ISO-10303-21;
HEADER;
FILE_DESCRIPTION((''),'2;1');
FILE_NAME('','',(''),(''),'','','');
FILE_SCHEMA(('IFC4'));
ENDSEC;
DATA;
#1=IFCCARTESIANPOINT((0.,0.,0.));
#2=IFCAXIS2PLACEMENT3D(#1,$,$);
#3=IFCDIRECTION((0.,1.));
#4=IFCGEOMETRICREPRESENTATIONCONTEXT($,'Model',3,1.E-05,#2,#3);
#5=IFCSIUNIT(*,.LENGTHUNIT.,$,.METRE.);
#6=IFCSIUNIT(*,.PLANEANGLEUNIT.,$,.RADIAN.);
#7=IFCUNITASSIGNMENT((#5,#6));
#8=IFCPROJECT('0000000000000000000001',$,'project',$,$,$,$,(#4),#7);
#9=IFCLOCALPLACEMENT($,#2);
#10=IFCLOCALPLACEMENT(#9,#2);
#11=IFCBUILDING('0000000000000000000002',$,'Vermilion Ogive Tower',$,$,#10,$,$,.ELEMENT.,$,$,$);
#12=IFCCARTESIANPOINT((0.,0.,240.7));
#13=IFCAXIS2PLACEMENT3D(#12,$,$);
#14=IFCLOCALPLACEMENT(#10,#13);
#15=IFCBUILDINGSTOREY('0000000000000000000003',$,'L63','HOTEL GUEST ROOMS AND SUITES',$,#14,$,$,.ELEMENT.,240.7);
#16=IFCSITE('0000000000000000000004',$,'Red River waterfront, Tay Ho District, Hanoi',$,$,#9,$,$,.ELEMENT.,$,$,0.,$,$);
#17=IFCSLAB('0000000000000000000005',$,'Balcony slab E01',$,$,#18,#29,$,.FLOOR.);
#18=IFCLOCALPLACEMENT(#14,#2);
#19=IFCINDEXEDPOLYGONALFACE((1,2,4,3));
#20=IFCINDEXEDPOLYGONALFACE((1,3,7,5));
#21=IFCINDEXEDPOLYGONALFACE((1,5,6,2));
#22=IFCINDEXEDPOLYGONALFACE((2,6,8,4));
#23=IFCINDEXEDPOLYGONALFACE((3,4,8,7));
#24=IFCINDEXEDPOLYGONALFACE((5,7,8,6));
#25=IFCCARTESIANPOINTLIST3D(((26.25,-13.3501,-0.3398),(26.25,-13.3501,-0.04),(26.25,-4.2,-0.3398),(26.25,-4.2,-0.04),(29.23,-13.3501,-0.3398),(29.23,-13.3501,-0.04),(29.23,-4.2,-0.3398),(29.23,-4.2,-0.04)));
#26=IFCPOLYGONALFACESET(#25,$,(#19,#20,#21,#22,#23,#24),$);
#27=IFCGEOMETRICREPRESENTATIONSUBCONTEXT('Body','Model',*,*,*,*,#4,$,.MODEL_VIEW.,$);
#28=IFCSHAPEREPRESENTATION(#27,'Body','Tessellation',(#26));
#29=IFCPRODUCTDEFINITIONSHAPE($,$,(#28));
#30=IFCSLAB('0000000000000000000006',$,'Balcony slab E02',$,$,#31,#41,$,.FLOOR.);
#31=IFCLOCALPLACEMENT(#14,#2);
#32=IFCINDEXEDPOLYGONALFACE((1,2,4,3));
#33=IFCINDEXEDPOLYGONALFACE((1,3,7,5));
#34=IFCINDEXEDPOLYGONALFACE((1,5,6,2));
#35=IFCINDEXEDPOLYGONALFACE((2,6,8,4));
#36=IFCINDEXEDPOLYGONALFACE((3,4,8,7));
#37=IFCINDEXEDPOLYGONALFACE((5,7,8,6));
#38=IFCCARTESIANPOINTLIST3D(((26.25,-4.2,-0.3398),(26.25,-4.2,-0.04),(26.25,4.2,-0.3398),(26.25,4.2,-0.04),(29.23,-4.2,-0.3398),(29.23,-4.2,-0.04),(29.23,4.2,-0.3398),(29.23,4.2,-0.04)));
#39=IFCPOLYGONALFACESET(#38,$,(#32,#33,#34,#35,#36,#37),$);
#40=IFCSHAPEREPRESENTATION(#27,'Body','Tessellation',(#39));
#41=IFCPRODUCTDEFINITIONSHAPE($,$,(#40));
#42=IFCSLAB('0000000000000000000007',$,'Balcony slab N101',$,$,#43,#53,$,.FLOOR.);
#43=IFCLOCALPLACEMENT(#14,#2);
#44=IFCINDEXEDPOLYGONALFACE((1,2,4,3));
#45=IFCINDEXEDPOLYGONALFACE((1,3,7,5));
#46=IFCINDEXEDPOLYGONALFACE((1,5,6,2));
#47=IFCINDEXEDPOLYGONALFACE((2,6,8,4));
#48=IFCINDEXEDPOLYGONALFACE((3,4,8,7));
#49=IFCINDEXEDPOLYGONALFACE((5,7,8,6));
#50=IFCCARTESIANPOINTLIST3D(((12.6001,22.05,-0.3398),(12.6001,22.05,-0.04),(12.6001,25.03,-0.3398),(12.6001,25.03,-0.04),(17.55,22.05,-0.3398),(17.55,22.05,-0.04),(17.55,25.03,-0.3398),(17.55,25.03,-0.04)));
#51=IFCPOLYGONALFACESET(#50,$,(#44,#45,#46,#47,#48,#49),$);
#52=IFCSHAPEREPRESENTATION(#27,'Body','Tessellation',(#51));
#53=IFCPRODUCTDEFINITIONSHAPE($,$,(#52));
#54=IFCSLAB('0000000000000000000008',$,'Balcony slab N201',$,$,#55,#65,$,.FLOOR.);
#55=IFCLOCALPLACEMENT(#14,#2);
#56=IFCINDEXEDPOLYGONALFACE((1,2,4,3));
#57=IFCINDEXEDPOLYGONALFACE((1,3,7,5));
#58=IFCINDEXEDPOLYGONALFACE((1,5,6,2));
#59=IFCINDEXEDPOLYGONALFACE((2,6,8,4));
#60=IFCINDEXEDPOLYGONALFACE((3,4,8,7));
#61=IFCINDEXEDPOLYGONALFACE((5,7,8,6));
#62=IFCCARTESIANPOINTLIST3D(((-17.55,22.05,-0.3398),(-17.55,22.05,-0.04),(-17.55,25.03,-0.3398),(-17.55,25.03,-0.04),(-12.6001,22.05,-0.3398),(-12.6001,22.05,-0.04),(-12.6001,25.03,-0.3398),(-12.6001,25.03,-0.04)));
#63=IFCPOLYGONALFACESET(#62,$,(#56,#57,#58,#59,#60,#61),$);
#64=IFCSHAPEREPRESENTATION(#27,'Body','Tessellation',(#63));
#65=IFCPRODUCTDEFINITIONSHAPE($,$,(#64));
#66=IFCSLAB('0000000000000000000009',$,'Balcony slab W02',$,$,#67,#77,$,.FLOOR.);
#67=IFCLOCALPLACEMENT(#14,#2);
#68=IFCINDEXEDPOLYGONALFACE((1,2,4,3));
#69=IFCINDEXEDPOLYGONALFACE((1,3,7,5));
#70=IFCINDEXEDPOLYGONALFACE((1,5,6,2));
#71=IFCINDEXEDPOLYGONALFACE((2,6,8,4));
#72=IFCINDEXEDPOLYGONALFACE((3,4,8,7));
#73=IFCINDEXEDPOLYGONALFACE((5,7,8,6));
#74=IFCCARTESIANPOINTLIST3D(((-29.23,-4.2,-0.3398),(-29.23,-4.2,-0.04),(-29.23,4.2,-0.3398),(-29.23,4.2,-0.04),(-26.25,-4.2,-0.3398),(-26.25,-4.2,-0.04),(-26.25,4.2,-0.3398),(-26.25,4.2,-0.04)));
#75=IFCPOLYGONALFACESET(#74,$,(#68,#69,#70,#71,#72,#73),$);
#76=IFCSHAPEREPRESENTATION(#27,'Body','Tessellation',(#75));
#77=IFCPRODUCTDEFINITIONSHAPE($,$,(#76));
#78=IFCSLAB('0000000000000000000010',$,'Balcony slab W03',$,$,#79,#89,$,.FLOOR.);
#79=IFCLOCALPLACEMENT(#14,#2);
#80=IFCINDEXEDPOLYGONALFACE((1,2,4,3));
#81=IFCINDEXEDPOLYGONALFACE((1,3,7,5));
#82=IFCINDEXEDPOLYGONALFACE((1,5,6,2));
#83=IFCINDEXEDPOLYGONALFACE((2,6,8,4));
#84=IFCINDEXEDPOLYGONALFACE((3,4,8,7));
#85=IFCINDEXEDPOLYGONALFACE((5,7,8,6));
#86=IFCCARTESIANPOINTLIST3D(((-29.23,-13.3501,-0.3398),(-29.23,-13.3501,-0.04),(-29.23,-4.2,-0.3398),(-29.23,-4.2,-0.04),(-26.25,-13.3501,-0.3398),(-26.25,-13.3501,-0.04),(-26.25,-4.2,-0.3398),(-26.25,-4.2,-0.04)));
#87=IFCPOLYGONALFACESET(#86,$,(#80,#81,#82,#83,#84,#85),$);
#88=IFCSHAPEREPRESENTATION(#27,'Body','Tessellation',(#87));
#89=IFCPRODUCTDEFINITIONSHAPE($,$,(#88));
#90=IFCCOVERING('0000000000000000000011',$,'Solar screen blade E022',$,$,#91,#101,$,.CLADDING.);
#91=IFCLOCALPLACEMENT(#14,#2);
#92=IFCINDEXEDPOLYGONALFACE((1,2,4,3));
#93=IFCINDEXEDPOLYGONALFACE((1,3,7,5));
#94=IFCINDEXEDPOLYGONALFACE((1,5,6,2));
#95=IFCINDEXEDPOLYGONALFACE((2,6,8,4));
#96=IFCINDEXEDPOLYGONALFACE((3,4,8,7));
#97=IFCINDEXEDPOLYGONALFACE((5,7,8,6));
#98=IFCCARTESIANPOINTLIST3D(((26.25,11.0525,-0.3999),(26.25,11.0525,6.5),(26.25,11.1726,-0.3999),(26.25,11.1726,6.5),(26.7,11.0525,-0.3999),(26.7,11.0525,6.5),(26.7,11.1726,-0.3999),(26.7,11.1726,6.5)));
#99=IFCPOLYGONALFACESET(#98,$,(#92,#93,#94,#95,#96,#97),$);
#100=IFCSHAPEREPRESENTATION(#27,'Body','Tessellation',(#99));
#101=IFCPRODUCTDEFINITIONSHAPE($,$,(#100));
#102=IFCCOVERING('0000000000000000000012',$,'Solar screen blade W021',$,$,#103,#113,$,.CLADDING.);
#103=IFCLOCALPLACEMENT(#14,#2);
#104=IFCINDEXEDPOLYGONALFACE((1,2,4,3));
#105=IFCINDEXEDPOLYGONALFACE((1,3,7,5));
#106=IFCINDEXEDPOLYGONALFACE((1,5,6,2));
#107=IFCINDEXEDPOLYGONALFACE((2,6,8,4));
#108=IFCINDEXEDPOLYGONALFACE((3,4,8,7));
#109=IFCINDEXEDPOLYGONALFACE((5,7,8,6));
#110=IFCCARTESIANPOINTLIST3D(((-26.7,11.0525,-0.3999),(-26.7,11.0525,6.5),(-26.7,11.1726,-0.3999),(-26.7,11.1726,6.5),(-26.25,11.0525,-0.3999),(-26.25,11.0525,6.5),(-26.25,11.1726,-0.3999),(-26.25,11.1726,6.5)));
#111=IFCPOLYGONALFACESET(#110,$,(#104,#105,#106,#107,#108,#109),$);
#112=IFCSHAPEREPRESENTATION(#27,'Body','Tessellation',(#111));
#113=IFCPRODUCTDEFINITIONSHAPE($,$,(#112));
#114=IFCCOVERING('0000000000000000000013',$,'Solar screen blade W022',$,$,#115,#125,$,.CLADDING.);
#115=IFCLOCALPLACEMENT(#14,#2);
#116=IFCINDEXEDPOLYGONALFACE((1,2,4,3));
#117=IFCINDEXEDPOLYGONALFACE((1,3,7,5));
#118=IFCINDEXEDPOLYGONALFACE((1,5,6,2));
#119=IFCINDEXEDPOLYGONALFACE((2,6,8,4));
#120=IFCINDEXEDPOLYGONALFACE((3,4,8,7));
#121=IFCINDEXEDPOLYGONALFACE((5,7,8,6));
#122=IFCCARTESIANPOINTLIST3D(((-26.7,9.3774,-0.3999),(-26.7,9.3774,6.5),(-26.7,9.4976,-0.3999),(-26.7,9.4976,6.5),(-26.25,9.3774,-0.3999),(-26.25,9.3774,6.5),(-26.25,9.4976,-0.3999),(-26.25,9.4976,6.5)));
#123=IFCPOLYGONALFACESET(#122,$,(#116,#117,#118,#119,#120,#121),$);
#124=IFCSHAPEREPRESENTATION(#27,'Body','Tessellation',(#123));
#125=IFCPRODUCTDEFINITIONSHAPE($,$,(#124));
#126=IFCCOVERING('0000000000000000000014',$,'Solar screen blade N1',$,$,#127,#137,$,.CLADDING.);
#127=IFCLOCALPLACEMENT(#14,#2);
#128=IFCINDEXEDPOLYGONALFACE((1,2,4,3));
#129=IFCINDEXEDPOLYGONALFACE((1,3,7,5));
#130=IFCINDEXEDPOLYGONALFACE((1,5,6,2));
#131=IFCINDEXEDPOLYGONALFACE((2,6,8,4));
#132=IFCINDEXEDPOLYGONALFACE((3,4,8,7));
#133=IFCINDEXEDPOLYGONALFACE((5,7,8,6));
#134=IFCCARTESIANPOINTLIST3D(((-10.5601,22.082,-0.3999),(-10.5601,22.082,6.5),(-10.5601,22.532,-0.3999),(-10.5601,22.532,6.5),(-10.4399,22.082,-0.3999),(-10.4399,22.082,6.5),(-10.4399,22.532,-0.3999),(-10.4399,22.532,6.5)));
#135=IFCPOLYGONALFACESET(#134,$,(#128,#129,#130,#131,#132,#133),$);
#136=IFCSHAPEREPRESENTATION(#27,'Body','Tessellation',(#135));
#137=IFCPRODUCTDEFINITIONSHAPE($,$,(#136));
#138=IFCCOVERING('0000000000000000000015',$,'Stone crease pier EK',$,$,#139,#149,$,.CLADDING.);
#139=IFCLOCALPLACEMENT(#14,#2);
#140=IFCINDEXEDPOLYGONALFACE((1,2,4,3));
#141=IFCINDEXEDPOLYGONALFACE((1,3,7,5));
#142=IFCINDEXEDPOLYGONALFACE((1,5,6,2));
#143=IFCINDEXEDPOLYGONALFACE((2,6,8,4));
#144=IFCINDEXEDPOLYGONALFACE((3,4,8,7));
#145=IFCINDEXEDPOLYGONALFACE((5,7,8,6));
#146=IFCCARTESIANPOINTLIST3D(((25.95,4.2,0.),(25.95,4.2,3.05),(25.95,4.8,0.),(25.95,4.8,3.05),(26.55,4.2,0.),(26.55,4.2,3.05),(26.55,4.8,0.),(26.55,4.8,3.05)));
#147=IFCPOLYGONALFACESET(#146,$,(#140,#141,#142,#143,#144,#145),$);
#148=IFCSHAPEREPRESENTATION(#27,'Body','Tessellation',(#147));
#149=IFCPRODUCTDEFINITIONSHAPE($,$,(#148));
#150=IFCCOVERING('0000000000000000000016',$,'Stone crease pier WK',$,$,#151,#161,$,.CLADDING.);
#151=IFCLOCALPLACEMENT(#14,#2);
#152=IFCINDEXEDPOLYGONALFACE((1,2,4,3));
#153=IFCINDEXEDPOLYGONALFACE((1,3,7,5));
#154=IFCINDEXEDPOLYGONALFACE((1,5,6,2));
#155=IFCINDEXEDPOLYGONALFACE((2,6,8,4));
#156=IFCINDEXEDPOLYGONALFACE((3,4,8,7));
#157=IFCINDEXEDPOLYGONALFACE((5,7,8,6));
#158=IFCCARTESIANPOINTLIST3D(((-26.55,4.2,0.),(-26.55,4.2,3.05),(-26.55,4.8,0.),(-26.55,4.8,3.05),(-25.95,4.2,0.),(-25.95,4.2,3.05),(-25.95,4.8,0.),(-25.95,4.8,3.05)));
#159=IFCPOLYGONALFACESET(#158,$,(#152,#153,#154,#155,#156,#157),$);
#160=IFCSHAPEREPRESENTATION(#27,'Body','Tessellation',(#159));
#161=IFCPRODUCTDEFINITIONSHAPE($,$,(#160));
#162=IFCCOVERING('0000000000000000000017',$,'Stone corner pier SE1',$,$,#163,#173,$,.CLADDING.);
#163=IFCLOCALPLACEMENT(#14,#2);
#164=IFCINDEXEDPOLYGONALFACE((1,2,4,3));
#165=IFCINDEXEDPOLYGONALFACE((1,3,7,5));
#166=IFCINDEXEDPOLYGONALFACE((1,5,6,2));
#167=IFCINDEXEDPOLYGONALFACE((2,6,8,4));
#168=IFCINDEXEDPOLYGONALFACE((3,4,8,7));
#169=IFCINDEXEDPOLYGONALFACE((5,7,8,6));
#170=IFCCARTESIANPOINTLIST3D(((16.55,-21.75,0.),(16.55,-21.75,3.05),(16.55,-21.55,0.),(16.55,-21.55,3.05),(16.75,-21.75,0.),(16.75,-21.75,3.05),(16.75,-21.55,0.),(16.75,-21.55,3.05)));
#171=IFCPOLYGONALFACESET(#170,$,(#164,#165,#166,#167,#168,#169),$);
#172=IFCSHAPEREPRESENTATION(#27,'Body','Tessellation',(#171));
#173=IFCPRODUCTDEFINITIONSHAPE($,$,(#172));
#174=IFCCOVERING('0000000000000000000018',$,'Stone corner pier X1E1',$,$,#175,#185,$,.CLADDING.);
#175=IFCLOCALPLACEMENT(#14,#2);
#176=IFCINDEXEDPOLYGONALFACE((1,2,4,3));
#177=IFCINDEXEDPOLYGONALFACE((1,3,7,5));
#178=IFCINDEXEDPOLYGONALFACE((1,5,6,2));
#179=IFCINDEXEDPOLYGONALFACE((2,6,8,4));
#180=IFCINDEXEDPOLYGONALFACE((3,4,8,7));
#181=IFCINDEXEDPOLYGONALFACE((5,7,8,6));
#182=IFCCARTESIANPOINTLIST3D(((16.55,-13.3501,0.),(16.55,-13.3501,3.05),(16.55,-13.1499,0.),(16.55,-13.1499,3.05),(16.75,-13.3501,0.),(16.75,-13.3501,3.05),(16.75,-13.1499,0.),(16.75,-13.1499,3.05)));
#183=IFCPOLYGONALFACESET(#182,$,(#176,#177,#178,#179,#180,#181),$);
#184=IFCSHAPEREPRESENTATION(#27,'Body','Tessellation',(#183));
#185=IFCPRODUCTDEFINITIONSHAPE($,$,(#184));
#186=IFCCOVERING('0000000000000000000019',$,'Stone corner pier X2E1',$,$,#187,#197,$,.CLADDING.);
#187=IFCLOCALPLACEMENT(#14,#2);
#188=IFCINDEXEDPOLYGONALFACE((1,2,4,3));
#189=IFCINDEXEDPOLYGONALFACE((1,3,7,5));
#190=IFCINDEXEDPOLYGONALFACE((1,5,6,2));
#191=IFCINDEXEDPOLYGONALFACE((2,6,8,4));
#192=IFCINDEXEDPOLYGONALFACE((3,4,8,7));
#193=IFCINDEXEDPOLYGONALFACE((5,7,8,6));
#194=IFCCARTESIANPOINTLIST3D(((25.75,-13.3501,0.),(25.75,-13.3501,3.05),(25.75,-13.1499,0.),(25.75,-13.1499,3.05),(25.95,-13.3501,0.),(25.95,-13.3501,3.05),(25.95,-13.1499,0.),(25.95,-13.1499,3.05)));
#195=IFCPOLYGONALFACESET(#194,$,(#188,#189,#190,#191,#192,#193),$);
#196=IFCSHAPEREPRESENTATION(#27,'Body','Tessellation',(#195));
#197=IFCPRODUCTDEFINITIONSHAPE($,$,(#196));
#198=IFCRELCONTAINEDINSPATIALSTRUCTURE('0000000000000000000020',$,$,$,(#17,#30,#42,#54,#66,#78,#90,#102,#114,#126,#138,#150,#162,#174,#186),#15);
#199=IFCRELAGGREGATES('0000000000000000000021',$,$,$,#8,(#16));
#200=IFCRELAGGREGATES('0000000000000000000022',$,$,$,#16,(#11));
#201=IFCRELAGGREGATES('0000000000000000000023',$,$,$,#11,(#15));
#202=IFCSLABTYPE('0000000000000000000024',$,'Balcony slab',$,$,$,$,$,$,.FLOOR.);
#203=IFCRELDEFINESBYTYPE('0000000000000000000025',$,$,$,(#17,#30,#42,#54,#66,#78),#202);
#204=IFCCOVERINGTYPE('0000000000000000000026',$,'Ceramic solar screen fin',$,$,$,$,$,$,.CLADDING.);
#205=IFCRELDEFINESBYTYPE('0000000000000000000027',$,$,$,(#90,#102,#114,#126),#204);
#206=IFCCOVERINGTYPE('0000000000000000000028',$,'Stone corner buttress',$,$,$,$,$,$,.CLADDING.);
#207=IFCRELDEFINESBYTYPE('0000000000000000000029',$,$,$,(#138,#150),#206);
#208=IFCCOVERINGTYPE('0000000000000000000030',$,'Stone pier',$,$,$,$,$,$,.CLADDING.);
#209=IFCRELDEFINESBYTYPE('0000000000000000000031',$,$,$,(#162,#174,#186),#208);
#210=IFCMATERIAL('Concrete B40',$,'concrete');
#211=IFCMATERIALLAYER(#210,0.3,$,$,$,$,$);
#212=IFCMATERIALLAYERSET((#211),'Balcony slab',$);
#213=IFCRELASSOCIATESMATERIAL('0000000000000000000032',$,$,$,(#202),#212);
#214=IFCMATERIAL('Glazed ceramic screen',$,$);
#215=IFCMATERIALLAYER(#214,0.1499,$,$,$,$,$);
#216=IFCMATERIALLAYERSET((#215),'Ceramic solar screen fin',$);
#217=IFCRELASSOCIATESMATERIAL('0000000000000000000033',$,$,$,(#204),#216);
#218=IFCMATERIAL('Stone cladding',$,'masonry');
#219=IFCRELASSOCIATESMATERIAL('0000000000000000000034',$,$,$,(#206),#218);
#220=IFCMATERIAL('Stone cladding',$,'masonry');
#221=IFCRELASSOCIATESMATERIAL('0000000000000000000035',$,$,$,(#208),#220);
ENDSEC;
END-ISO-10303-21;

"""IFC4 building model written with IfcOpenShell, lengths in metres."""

from ifc_helpers import new_model, si_unit, direction, frame, origin, place, context, subcontext, project, spatial, polyline, outline, extrude, material, layer, layer_set, type_object, element, save


model = new_model("IFC4")

# Units and contexts
model_context = context("Model", 3, precision=1e-05, world=origin(), true_north=direction((0.0, 1.0)))
body_context = subcontext(model_context, "Body", "Model", "MODEL_VIEW")
ifc_project = project(units=[si_unit("LENGTHUNIT", "METRE"), si_unit("PLANEANGLEUNIT", "RADIAN")], contexts=[model_context])

# Site, building, storey
site_placement = place(None, origin())
site = spatial("IfcSite", under=ifc_project, at=site_placement, Name="Red River waterfront, Tay Ho District, Hanoi", CompositionType="ELEMENT", RefElevation=0.0)
building_placement = place(site_placement, origin())
building = spatial("IfcBuilding", under=site, at=building_placement, Name="Vermilion Ogive Tower", CompositionType="ELEMENT")
storey_placement = place(building_placement, frame((0.0, 0.0, 240.7)))
storey = spatial("IfcBuildingStorey", under=building, at=storey_placement, Name="L63", Description="HOTEL GUEST ROOMS AND SUITES", CompositionType="ELEMENT", Elevation=240.7)

# Slabs
ifc_material_1 = material(Name="Concrete B40", Category="concrete")
ifc_layer_1 = layer(ifc_material_1, 0.3)
ifc_layer_set_1 = layer_set([ifc_layer_1], Name="Balcony slab")
slab_type = type_object("IfcSlabType", Name="Balcony slab", PredefinedType="FLOOR", material=ifc_layer_set_1)
slab_1_placement = place(storey_placement, frame((0.0, 0.0, -0.3398)))
element("IfcSlab", 1, at=slab_1_placement, inside=storey, type_object=slab_type, Name="Balcony slab E01", PredefinedType="FLOOR", context=body_context, shape_type="SweptSolid", body=[
    extrude(outline(polyline([(29.23, -13.3501), (29.23, -4.2), (26.25, -4.2), (26.25, -13.3501), (29.23, -13.3501)])), origin(), (0.0, 0.0, 1.0), 0.2998),
])
slab_2_placement = place(storey_placement, frame((0.0, 0.0, -0.3398)))
element("IfcSlab", 2, at=slab_2_placement, inside=storey, type_object=slab_type, Name="Balcony slab E02", PredefinedType="FLOOR", context=body_context, shape_type="SweptSolid", body=[
    extrude(outline(polyline([(29.23, -4.2), (29.23, 4.2), (26.25, 4.2), (26.25, -4.2), (29.23, -4.2)])), origin(), (0.0, 0.0, 1.0), 0.2998),
])
slab_3_placement = place(storey_placement, frame((0.0, 0.0, -0.3398)))
element("IfcSlab", 3, at=slab_3_placement, inside=storey, type_object=slab_type, Name="Balcony slab N101", PredefinedType="FLOOR", context=body_context, shape_type="SweptSolid", body=[
    extrude(outline(polyline([(17.55, 25.03), (12.6001, 25.03), (12.6001, 22.05), (17.55, 22.05), (17.55, 25.03)])), origin(), (0.0, 0.0, 1.0), 0.2998),
])
slab_4_placement = place(storey_placement, frame((0.0, 0.0, -0.3398)))
element("IfcSlab", 4, at=slab_4_placement, inside=storey, type_object=slab_type, Name="Balcony slab N201", PredefinedType="FLOOR", context=body_context, shape_type="SweptSolid", body=[
    extrude(outline(polyline([(-12.6001, 25.03), (-17.55, 25.03), (-17.55, 22.05), (-12.6001, 22.05), (-12.6001, 25.03)])), origin(), (0.0, 0.0, 1.0), 0.2998),
])
slab_5_placement = place(storey_placement, frame((0.0, 0.0, -0.3398)))
element("IfcSlab", 5, at=slab_5_placement, inside=storey, type_object=slab_type, Name="Balcony slab W02", PredefinedType="FLOOR", context=body_context, shape_type="SweptSolid", body=[
    extrude(outline(polyline([(-29.23, 4.2), (-29.23, -4.2), (-26.25, -4.2), (-26.25, 4.2), (-29.23, 4.2)])), origin(), (0.0, 0.0, 1.0), 0.2998),
])
slab_6_placement = place(storey_placement, frame((0.0, 0.0, -0.3398)))
element("IfcSlab", 6, at=slab_6_placement, inside=storey, type_object=slab_type, Name="Balcony slab W03", PredefinedType="FLOOR", context=body_context, shape_type="SweptSolid", body=[
    extrude(outline(polyline([(-29.23, -4.2), (-29.23, -13.3501), (-26.25, -13.3501), (-26.25, -4.2), (-29.23, -4.2)])), origin(), (0.0, 0.0, 1.0), 0.2998),
])

# Coverings
ifc_material_2 = material(Name="Glazed ceramic screen")
ifc_layer_2 = layer(ifc_material_2, 0.1499)
ifc_layer_set_2 = layer_set([ifc_layer_2], Name="Ceramic solar screen fin")
covering_type_1 = type_object("IfcCoveringType", Name="Ceramic solar screen fin", PredefinedType="CLADDING", material=ifc_layer_set_2)
covering_1_placement = place(storey_placement, frame((0.0, 0.0, -0.3999)))
element("IfcCovering", 7, at=covering_1_placement, inside=storey, type_object=covering_type_1, Name="Solar screen blade E022", PredefinedType="CLADDING", context=body_context, shape_type="SweptSolid", body=[
    extrude(outline(polyline([(26.7, 11.0525), (26.7, 11.1726), (26.25, 11.1726), (26.25, 11.0525), (26.7, 11.0525)])), origin(), (0.0, 0.0, 1.0), 6.8999),
])
covering_2_placement = place(storey_placement, frame((0.0, 0.0, -0.3999)))
element("IfcCovering", 8, at=covering_2_placement, inside=storey, type_object=covering_type_1, Name="Solar screen blade W021", PredefinedType="CLADDING", context=body_context, shape_type="SweptSolid", body=[
    extrude(outline(polyline([(-26.7, 11.1726), (-26.7, 11.0525), (-26.25, 11.0525), (-26.25, 11.1726), (-26.7, 11.1726)])), origin(), (0.0, 0.0, 1.0), 6.8999),
])
covering_3_placement = place(storey_placement, frame((0.0, 0.0, -0.3999)))
element("IfcCovering", 9, at=covering_3_placement, inside=storey, type_object=covering_type_1, Name="Solar screen blade W022", PredefinedType="CLADDING", context=body_context, shape_type="SweptSolid", body=[
    extrude(outline(polyline([(-26.7, 9.4976), (-26.7, 9.3774), (-26.25, 9.3774), (-26.25, 9.4976), (-26.7, 9.4976)])), origin(), (0.0, 0.0, 1.0), 6.8999),
])
covering_4_placement = place(storey_placement, frame((0.0, 0.0, -0.3999)))
element("IfcCovering", 10, at=covering_4_placement, inside=storey, type_object=covering_type_1, Name="Solar screen blade N1", PredefinedType="CLADDING", context=body_context, shape_type="SweptSolid", body=[
    extrude(outline(polyline([(-10.5601, 22.082), (-10.4399, 22.082), (-10.4399, 22.532), (-10.5601, 22.532), (-10.5601, 22.082)])), origin(), (0.0, 0.0, 1.0), 6.8999),
])
ifc_material_3 = material(Name="Stone cladding", Category="masonry")
covering_type_2 = type_object("IfcCoveringType", Name="Stone corner buttress", PredefinedType="CLADDING", material=ifc_material_3)
covering_5_placement = place(storey_placement, origin())
element("IfcCovering", 11, at=covering_5_placement, inside=storey, type_object=covering_type_2, Name="Stone crease pier EK", PredefinedType="CLADDING", context=body_context, shape_type="SweptSolid", body=[
    extrude(outline(polyline([(26.55, 4.2), (26.55, 4.8), (25.95, 4.8), (25.95, 4.2), (26.55, 4.2)])), origin(), (0.0, 0.0, 1.0), 3.05),
])
covering_6_placement = place(storey_placement, origin())
element("IfcCovering", 12, at=covering_6_placement, inside=storey, type_object=covering_type_2, Name="Stone crease pier WK", PredefinedType="CLADDING", context=body_context, shape_type="SweptSolid", body=[
    extrude(outline(polyline([(-26.55, 4.8), (-26.55, 4.2), (-25.95, 4.2), (-25.95, 4.8), (-26.55, 4.8)])), origin(), (0.0, 0.0, 1.0), 3.05),
])
ifc_material_4 = material(Name="Stone cladding", Category="masonry")
covering_type_3 = type_object("IfcCoveringType", Name="Stone pier", PredefinedType="CLADDING", material=ifc_material_4)
covering_7_placement = place(storey_placement, origin())
element("IfcCovering", 13, at=covering_7_placement, inside=storey, type_object=covering_type_3, Name="Stone corner pier SE1", PredefinedType="CLADDING", context=body_context, shape_type="SweptSolid", body=[
    extrude(outline(polyline([(16.55, -21.55), (16.75, -21.55), (16.75, -21.75), (16.55, -21.75), (16.55, -21.55)])), origin(), (0.0, 0.0, 1.0), 3.05),
])
covering_8_placement = place(storey_placement, origin())
element("IfcCovering", 14, at=covering_8_placement, inside=storey, type_object=covering_type_3, Name="Stone corner pier X1E1", PredefinedType="CLADDING", context=body_context, shape_type="SweptSolid", body=[
    extrude(outline(polyline([(16.55, -13.1499), (16.75, -13.1499), (16.75, -13.3501), (16.55, -13.3501), (16.55, -13.1499)])), origin(), (0.0, 0.0, 1.0), 3.05),
])
covering_9_placement = place(storey_placement, origin())
element("IfcCovering", 15, at=covering_9_placement, inside=storey, type_object=covering_type_3, Name="Stone corner pier X2E1", PredefinedType="CLADDING", context=body_context, shape_type="SweptSolid", body=[
    extrude(outline(polyline([(25.75, -13.1499), (25.95, -13.1499), (25.95, -13.3501), (25.75, -13.3501), (25.75, -13.1499)])), origin(), (0.0, 0.0, 1.0), 3.05),
])

save(model, "model.ifc")
